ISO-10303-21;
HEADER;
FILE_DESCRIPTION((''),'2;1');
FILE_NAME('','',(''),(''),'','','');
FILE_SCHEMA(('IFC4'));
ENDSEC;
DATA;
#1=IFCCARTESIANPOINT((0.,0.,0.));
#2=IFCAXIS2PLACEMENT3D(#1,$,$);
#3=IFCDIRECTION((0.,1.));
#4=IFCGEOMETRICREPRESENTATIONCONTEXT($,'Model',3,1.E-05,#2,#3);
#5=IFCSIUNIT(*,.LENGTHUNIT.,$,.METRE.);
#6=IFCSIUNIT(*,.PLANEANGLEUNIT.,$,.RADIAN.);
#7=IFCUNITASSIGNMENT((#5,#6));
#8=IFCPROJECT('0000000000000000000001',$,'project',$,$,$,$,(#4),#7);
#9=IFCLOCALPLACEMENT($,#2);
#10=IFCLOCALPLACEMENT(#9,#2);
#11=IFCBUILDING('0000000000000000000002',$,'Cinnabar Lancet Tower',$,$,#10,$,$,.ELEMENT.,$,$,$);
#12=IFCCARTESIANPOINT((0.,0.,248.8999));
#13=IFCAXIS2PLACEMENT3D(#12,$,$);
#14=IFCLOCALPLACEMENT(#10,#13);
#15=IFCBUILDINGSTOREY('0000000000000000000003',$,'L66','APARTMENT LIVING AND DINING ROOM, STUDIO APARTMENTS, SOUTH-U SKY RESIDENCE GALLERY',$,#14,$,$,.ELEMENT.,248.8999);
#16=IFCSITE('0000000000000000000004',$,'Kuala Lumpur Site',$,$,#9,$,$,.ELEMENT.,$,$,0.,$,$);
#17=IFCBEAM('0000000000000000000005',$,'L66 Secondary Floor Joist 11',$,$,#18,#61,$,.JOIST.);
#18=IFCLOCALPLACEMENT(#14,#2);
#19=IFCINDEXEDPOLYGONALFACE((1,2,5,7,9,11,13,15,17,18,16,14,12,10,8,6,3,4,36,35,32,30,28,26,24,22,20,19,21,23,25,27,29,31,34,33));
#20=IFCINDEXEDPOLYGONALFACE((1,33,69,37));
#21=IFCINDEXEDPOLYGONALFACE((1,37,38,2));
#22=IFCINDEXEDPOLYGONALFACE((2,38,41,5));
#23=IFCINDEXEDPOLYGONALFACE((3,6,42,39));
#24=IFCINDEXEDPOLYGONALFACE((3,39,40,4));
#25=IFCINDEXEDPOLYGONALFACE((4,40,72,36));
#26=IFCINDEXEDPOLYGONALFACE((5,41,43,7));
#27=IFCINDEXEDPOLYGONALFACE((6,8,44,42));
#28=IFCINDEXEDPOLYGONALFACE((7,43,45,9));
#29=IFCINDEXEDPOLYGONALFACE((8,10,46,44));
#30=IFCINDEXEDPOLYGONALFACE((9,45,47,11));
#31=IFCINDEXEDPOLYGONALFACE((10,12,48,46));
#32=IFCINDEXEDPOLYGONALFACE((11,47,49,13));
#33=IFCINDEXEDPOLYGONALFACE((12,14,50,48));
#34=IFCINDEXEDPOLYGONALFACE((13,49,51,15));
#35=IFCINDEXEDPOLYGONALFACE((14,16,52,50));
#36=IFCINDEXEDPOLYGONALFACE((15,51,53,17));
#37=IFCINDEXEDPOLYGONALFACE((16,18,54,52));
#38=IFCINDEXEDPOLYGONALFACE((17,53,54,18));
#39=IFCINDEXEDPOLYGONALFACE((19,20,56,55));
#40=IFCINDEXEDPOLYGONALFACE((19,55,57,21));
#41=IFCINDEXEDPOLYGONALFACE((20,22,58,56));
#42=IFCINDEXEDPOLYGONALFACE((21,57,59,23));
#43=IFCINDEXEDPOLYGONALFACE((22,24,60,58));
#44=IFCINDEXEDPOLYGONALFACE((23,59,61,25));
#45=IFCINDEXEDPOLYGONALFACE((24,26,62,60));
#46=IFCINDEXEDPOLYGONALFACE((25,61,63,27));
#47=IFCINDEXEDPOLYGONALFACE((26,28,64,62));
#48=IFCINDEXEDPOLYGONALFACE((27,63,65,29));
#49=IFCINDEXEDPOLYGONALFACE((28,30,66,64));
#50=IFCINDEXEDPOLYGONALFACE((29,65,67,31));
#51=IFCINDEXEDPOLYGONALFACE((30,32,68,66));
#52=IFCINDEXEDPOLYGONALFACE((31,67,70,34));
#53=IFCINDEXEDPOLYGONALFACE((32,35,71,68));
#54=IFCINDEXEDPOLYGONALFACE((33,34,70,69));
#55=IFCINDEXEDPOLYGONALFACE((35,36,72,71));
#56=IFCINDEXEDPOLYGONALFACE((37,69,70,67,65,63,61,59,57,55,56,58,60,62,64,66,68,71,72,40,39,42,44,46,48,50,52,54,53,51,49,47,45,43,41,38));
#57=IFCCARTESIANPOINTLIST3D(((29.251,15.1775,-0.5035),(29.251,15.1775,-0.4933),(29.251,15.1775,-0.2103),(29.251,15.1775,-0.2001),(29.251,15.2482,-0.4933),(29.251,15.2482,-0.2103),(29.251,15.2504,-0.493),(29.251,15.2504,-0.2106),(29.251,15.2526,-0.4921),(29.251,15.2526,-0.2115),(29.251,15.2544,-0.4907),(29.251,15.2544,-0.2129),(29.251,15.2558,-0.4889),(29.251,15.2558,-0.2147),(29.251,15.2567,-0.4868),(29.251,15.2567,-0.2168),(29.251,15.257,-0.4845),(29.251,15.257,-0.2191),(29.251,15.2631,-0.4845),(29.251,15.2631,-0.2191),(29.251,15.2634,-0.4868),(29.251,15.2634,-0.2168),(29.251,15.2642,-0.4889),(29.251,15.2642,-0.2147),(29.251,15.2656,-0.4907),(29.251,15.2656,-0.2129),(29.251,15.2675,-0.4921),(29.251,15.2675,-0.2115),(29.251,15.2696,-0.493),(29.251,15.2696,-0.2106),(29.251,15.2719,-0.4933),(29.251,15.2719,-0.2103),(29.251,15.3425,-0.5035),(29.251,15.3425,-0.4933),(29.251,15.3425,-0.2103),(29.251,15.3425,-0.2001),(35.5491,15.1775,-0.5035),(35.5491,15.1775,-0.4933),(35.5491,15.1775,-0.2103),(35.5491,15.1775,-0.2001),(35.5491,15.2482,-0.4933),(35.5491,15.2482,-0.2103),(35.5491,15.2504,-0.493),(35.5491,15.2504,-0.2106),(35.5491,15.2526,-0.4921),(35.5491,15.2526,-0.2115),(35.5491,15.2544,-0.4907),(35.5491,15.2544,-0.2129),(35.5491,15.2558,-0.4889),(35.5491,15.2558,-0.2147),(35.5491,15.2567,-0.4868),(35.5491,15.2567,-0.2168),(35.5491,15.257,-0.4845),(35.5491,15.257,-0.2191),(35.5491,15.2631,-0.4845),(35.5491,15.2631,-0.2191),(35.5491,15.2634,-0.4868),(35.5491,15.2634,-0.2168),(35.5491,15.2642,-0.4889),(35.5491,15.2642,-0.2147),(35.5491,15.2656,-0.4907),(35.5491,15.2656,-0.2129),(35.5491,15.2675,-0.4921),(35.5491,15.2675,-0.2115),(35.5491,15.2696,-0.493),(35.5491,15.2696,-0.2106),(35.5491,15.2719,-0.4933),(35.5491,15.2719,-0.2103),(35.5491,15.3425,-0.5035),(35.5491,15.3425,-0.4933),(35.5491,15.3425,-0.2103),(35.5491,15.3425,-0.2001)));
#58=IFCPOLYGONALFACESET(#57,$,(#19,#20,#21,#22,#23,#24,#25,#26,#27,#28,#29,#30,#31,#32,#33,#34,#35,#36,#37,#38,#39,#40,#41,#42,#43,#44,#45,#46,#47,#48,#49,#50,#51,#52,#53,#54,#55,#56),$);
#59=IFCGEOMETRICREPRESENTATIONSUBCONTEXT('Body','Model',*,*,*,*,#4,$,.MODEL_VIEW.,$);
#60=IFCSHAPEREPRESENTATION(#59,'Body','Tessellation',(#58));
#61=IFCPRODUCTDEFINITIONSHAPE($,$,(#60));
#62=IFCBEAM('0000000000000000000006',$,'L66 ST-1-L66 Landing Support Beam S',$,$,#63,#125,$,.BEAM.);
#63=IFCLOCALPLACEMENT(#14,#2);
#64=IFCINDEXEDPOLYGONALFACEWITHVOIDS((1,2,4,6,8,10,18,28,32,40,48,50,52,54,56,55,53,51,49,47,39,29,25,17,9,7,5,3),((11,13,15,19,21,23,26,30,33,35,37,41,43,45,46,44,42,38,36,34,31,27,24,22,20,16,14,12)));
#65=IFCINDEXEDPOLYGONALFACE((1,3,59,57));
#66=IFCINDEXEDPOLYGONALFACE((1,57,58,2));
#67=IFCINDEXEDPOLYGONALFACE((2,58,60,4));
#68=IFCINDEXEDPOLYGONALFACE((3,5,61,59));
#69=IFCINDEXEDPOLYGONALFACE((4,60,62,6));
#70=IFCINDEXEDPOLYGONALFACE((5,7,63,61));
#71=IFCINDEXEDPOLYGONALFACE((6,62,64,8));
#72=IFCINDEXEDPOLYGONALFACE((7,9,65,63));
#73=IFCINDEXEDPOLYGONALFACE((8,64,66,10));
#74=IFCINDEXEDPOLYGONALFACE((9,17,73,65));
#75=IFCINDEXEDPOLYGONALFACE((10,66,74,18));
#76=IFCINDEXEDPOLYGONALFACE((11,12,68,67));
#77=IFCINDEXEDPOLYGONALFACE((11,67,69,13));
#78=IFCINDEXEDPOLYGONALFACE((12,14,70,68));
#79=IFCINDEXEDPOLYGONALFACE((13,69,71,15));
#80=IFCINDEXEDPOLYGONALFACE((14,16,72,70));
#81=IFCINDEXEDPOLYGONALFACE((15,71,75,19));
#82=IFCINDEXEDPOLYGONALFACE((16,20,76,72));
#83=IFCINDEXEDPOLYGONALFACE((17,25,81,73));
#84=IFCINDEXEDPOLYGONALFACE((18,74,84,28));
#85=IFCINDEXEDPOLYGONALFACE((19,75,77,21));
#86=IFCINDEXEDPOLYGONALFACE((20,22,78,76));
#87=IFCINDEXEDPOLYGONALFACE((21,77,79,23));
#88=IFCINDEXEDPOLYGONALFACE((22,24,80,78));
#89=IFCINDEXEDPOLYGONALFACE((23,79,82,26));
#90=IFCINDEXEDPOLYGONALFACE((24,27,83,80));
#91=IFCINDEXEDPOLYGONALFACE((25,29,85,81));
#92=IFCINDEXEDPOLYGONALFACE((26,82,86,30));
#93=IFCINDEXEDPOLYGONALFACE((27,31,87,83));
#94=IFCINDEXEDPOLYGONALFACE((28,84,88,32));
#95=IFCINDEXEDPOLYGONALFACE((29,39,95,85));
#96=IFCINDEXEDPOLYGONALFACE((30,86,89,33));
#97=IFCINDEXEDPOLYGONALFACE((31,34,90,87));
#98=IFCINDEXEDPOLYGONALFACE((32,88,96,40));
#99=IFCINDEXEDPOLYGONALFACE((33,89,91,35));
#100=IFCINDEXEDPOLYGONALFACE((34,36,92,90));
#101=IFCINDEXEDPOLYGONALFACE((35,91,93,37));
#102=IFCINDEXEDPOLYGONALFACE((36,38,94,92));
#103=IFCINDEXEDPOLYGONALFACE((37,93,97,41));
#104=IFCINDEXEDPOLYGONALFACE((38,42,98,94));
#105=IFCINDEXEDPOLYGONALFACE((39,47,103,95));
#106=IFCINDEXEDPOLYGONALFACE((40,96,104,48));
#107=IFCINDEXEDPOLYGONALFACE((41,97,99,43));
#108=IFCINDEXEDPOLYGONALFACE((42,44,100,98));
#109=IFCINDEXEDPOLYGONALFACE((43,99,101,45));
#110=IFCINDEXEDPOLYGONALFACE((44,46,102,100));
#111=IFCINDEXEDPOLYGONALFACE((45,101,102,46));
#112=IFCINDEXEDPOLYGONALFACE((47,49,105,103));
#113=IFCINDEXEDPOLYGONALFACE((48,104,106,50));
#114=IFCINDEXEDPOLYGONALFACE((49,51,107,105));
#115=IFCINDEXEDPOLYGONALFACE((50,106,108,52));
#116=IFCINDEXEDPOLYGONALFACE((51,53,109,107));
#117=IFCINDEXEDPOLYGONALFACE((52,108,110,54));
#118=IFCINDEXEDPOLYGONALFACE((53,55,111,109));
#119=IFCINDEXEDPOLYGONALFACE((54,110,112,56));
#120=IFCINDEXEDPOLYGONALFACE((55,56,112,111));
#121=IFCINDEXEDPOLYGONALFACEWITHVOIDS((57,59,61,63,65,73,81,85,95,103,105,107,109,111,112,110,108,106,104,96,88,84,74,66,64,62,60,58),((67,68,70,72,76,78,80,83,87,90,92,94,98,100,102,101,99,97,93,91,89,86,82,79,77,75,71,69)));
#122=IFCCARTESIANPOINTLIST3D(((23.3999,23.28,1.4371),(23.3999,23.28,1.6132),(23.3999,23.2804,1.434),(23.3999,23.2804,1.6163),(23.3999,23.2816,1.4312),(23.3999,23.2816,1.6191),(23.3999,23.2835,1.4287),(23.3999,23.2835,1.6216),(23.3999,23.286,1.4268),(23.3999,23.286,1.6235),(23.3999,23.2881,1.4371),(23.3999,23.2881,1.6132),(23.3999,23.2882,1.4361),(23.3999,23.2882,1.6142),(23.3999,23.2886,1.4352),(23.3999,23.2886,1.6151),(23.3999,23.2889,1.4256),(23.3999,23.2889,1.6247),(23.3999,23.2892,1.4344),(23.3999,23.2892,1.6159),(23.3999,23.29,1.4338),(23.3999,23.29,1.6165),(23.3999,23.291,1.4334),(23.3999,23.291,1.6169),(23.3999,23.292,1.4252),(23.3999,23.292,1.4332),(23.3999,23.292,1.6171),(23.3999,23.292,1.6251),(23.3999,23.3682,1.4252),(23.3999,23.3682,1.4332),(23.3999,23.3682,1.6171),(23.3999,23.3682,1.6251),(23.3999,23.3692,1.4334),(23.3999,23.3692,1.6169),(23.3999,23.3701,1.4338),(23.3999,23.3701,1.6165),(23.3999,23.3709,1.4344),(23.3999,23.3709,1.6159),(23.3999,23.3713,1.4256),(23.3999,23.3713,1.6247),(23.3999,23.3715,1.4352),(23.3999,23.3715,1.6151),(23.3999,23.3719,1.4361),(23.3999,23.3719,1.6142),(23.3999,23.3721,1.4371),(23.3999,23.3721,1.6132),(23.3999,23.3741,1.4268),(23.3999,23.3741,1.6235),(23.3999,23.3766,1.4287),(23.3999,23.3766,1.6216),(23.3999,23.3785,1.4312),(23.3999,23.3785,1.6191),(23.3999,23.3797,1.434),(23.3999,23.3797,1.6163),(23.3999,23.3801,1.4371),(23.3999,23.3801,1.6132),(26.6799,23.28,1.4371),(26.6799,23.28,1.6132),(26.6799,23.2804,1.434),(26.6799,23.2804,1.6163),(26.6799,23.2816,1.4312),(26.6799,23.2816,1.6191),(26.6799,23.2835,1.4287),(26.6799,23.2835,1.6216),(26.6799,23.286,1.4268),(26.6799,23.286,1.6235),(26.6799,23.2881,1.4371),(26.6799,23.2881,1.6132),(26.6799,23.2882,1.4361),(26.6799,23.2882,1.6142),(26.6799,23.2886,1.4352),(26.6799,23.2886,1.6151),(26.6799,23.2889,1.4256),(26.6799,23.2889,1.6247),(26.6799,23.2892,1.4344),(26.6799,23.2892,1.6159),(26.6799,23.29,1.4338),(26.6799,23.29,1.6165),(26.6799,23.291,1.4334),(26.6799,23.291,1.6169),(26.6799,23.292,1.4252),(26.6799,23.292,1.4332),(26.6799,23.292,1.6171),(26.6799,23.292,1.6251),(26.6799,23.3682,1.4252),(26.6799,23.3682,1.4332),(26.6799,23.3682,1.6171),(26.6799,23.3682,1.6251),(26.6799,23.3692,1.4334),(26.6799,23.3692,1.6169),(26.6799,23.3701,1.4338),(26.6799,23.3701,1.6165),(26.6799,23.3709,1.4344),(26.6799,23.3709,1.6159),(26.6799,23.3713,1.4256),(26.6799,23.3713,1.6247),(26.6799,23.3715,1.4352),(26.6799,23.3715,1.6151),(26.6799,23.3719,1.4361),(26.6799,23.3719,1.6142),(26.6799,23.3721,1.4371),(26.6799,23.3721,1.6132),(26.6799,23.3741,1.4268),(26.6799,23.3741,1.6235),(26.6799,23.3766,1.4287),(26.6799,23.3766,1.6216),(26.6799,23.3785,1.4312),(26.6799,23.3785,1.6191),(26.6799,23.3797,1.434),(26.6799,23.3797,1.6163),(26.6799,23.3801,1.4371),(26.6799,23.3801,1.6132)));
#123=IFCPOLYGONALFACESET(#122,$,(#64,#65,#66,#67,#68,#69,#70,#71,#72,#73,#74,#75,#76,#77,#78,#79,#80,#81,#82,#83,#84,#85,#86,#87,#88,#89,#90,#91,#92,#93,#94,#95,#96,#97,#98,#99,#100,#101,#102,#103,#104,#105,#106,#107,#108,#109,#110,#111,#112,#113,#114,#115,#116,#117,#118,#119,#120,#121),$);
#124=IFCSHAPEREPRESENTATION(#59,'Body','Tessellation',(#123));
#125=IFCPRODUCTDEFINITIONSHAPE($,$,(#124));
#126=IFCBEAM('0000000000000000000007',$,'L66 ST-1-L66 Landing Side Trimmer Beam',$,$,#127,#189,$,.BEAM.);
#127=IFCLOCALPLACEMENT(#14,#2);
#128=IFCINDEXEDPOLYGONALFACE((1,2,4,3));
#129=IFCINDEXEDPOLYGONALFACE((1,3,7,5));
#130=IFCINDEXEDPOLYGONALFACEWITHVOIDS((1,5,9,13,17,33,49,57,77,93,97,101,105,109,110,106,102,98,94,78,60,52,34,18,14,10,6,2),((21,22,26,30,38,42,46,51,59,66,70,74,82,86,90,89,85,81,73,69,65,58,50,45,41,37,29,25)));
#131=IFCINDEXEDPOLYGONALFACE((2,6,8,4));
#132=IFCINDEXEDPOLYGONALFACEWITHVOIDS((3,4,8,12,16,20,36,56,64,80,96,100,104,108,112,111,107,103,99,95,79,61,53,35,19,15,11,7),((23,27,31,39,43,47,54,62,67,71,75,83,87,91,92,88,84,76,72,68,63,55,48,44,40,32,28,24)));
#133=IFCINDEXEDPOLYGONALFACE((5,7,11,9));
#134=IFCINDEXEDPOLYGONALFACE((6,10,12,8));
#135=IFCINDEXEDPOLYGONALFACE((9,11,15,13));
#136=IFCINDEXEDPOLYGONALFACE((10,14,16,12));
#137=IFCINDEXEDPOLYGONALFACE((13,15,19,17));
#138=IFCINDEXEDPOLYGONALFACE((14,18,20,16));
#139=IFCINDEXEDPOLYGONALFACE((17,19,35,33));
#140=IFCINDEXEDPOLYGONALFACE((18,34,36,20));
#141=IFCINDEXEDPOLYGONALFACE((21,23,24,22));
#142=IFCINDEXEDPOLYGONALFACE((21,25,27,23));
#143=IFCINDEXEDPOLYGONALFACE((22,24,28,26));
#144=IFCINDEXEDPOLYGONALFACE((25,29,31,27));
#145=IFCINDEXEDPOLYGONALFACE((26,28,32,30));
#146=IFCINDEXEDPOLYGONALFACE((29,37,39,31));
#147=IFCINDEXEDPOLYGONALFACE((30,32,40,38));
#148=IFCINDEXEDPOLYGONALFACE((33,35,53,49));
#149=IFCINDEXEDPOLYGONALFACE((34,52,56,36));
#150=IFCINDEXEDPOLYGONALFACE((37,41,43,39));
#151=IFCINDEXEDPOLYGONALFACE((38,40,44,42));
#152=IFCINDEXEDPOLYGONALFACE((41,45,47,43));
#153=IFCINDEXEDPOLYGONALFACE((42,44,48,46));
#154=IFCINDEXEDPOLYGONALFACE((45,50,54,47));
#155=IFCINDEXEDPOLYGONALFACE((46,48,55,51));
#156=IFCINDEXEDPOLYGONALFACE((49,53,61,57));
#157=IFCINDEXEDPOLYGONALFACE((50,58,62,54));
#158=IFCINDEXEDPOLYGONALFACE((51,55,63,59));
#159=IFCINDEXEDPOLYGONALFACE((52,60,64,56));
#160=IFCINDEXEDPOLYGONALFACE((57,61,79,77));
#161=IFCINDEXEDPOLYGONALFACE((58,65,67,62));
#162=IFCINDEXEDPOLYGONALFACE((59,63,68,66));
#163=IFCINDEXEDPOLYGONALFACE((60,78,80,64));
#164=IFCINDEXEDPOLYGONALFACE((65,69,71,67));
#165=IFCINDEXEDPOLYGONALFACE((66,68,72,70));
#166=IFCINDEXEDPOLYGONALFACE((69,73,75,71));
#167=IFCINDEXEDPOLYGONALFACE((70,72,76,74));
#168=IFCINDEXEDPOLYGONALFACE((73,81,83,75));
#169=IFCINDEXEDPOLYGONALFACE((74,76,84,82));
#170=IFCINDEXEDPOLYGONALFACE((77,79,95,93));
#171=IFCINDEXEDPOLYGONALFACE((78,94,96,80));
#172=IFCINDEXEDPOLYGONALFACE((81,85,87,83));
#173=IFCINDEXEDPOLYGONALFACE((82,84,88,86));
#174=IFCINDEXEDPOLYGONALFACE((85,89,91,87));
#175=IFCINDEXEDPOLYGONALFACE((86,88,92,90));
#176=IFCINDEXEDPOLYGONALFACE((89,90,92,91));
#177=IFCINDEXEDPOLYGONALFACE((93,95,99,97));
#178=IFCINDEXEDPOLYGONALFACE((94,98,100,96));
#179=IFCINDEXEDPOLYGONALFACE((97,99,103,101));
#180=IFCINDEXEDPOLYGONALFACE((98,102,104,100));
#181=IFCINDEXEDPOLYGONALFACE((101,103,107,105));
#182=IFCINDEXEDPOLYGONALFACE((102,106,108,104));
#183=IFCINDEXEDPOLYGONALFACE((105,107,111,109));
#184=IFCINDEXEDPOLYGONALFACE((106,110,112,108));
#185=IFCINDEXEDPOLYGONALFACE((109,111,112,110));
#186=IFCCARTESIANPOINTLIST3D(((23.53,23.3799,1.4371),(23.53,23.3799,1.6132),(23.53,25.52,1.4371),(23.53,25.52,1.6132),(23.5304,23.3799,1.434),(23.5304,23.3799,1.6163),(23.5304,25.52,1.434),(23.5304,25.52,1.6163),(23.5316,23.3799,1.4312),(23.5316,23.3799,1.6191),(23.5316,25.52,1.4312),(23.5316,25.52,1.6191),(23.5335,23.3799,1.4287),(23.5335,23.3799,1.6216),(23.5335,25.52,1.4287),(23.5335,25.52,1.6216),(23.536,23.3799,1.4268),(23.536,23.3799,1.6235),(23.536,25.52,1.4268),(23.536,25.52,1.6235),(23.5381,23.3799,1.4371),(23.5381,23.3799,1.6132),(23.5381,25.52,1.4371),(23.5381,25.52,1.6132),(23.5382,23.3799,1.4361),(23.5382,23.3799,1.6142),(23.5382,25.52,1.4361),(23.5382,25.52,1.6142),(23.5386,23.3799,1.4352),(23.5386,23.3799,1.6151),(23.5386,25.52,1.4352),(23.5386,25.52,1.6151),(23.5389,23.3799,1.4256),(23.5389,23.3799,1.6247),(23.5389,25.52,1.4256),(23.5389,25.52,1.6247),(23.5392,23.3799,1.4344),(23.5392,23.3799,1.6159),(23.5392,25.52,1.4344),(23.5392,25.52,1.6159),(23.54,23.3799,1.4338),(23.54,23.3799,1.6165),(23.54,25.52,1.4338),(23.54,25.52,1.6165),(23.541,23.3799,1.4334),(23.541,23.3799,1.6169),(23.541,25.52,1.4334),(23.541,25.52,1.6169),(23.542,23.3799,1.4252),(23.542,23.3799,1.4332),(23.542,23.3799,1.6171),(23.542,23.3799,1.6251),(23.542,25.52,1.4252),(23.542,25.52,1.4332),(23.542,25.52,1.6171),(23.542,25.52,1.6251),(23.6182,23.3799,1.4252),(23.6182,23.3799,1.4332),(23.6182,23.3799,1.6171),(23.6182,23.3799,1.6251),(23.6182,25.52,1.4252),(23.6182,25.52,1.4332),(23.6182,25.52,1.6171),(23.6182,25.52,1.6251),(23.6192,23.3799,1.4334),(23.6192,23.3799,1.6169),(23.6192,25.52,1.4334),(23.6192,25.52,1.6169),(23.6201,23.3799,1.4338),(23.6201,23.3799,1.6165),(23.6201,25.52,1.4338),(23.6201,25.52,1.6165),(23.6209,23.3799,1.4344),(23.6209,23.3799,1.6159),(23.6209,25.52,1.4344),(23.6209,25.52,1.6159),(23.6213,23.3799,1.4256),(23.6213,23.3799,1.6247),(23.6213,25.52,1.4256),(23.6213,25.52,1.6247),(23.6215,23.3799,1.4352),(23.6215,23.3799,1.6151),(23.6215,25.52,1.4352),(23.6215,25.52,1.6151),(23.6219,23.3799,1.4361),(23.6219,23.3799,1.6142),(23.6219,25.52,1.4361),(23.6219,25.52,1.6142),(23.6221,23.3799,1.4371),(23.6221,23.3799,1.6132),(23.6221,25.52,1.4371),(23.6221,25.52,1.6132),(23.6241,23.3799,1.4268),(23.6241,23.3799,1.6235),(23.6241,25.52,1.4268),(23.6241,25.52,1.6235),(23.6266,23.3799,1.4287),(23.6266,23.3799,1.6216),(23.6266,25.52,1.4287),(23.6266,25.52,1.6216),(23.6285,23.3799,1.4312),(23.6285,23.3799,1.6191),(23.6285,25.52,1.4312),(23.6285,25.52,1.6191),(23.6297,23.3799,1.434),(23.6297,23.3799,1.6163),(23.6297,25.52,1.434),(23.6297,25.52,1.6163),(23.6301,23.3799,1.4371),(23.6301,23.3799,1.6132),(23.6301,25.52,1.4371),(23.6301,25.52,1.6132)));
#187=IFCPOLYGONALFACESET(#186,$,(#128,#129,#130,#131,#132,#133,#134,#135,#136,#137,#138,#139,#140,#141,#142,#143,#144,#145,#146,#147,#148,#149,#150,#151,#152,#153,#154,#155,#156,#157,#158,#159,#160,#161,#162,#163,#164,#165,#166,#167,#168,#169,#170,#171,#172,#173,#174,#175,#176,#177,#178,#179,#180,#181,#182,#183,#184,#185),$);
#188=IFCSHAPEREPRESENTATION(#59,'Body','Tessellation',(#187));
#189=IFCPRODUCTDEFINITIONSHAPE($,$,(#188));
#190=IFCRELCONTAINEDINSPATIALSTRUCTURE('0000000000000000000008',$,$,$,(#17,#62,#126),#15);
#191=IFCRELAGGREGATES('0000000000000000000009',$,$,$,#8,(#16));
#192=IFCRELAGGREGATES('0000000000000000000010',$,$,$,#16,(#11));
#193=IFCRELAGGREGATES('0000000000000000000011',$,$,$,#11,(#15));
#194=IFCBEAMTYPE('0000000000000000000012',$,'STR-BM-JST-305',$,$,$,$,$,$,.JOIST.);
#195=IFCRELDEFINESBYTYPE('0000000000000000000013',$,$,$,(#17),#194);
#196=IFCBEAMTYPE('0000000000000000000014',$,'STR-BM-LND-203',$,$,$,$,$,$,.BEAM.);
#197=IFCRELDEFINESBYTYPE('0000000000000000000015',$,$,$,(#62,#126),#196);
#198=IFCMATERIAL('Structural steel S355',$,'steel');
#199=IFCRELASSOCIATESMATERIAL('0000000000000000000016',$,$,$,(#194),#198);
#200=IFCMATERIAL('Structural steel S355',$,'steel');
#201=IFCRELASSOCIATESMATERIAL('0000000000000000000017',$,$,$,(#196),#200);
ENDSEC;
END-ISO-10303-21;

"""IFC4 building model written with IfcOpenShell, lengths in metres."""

from ifc_helpers import new_model, si_unit, direction, frame, origin, origin_2d, place, context, subcontext, project, spatial, hollow_rectangle, i_section, extrude, material, material_profile, profile_set, type_object, element, save


model = new_model("IFC4")

# Units and contexts
model_context = context("Model", 3, precision=1e-05, world=origin(), true_north=direction((0.0, 1.0)))
body_context = subcontext(model_context, "Body", "Model", "MODEL_VIEW")
ifc_project = project(units=[si_unit("LENGTHUNIT", "METRE"), si_unit("PLANEANGLEUNIT", "RADIAN")], contexts=[model_context])

# Site, building, storey
site_placement = place(None, origin())
site = spatial("IfcSite", under=ifc_project, at=site_placement, Name="Kuala Lumpur Site", CompositionType="ELEMENT", RefElevation=0.0)
building_placement = place(site_placement, origin())
building = spatial("IfcBuilding", under=site, at=building_placement, Name="Cinnabar Lancet Tower", CompositionType="ELEMENT")
storey_placement = place(building_placement, frame((0.0, 0.0, 248.8999)))
storey = spatial("IfcBuildingStorey", under=building, at=storey_placement, Name="L66", Description="APARTMENT LIVING AND DINING ROOM, STUDIO APARTMENTS, SOUTH-U SKY RESIDENCE GALLERY", CompositionType="ELEMENT", Elevation=248.8999)

# Beams
ifc_material_1 = material(Name="Structural steel S355", Category="steel")
ifc_material_profile_1 = material_profile(ifc_material_1, i_section(OverallWidth=0.165, OverallDepth=0.3035, WebThickness=0.0061, FlangeThickness=0.0103, FilletRadius=0.0088, at=origin_2d()), Name="UKB 305x165x40")
ifc_profile_set_1 = profile_set([ifc_material_profile_1], Name="Structural steel S355")
beam_type_1 = type_object("IfcBeamType", Name="STR-BM-JST-305", PredefinedType="JOIST", material=ifc_profile_set_1)
beam_1_placement = place(storey_placement, frame((29.251, 15.26, -0.3518), z_axis=(1.0, 0.0, 0.0), x_axis=(0.0, 1.0, 0.0)))
element("IfcBeam", 1, at=beam_1_placement, inside=storey, type_object=beam_type_1, Name="L66 Secondary Floor Joist 11", PredefinedType="JOIST", context=body_context, shape_type="SweptSolid", body=[
    extrude(i_section(OverallWidth=0.165, OverallDepth=0.3035, WebThickness=0.0061, FlangeThickness=0.0103, FilletRadius=0.0088, at=origin_2d()), origin(), (0.0, 0.0, 1.0), 6.2981),
])
ifc_material_2 = material(Name="Structural steel S355", Category="steel")
ifc_material_profile_2 = material_profile(ifc_material_2, hollow_rectangle(XDim=0.1001, YDim=0.2, WallThickness=0.0081, InnerFilletRadius=0.0039, OuterFilletRadius=0.012, at=origin_2d()), Name="RHS 200x100x8")
ifc_profile_set_2 = profile_set([ifc_material_profile_2], Name="Structural steel S355")
beam_type_2 = type_object("IfcBeamType", Name="STR-BM-LND-203", PredefinedType="BEAM", material=ifc_profile_set_2)
beam_2_placement = place(storey_placement, frame((23.3999, 23.3301, 1.5251), z_axis=(1.0, 0.0, 0.0), x_axis=(0.0, 1.0, 0.0)))
element("IfcBeam", 2, at=beam_2_placement, inside=storey, type_object=beam_type_2, Name="L66 ST-1-L66 Landing Support Beam S", PredefinedType="BEAM", context=body_context, shape_type="SweptSolid", body=[
    extrude(hollow_rectangle(XDim=0.1001, YDim=0.2, WallThickness=0.0081, InnerFilletRadius=0.0039, OuterFilletRadius=0.012, at=origin_2d()), origin(), (0.0, 0.0, 1.0), 3.28),
])
beam_3_placement = place(storey_placement, frame((23.5801, 23.3799, 1.5251), z_axis=(0.0, 1.0, 0.0), x_axis=(-1.0, 0.0, 0.0)))
element("IfcBeam", 3, at=beam_3_placement, inside=storey, type_object=beam_type_2, Name="L66 ST-1-L66 Landing Side Trimmer Beam", PredefinedType="BEAM", context=body_context, shape_type="SweptSolid", body=[
    extrude(hollow_rectangle(XDim=0.1001, YDim=0.2, WallThickness=0.0081, InnerFilletRadius=0.0039, OuterFilletRadius=0.012, at=origin_2d()), origin(), (0.0, 0.0, 1.0), 2.1401),
])

save(model, "model.ifc")
